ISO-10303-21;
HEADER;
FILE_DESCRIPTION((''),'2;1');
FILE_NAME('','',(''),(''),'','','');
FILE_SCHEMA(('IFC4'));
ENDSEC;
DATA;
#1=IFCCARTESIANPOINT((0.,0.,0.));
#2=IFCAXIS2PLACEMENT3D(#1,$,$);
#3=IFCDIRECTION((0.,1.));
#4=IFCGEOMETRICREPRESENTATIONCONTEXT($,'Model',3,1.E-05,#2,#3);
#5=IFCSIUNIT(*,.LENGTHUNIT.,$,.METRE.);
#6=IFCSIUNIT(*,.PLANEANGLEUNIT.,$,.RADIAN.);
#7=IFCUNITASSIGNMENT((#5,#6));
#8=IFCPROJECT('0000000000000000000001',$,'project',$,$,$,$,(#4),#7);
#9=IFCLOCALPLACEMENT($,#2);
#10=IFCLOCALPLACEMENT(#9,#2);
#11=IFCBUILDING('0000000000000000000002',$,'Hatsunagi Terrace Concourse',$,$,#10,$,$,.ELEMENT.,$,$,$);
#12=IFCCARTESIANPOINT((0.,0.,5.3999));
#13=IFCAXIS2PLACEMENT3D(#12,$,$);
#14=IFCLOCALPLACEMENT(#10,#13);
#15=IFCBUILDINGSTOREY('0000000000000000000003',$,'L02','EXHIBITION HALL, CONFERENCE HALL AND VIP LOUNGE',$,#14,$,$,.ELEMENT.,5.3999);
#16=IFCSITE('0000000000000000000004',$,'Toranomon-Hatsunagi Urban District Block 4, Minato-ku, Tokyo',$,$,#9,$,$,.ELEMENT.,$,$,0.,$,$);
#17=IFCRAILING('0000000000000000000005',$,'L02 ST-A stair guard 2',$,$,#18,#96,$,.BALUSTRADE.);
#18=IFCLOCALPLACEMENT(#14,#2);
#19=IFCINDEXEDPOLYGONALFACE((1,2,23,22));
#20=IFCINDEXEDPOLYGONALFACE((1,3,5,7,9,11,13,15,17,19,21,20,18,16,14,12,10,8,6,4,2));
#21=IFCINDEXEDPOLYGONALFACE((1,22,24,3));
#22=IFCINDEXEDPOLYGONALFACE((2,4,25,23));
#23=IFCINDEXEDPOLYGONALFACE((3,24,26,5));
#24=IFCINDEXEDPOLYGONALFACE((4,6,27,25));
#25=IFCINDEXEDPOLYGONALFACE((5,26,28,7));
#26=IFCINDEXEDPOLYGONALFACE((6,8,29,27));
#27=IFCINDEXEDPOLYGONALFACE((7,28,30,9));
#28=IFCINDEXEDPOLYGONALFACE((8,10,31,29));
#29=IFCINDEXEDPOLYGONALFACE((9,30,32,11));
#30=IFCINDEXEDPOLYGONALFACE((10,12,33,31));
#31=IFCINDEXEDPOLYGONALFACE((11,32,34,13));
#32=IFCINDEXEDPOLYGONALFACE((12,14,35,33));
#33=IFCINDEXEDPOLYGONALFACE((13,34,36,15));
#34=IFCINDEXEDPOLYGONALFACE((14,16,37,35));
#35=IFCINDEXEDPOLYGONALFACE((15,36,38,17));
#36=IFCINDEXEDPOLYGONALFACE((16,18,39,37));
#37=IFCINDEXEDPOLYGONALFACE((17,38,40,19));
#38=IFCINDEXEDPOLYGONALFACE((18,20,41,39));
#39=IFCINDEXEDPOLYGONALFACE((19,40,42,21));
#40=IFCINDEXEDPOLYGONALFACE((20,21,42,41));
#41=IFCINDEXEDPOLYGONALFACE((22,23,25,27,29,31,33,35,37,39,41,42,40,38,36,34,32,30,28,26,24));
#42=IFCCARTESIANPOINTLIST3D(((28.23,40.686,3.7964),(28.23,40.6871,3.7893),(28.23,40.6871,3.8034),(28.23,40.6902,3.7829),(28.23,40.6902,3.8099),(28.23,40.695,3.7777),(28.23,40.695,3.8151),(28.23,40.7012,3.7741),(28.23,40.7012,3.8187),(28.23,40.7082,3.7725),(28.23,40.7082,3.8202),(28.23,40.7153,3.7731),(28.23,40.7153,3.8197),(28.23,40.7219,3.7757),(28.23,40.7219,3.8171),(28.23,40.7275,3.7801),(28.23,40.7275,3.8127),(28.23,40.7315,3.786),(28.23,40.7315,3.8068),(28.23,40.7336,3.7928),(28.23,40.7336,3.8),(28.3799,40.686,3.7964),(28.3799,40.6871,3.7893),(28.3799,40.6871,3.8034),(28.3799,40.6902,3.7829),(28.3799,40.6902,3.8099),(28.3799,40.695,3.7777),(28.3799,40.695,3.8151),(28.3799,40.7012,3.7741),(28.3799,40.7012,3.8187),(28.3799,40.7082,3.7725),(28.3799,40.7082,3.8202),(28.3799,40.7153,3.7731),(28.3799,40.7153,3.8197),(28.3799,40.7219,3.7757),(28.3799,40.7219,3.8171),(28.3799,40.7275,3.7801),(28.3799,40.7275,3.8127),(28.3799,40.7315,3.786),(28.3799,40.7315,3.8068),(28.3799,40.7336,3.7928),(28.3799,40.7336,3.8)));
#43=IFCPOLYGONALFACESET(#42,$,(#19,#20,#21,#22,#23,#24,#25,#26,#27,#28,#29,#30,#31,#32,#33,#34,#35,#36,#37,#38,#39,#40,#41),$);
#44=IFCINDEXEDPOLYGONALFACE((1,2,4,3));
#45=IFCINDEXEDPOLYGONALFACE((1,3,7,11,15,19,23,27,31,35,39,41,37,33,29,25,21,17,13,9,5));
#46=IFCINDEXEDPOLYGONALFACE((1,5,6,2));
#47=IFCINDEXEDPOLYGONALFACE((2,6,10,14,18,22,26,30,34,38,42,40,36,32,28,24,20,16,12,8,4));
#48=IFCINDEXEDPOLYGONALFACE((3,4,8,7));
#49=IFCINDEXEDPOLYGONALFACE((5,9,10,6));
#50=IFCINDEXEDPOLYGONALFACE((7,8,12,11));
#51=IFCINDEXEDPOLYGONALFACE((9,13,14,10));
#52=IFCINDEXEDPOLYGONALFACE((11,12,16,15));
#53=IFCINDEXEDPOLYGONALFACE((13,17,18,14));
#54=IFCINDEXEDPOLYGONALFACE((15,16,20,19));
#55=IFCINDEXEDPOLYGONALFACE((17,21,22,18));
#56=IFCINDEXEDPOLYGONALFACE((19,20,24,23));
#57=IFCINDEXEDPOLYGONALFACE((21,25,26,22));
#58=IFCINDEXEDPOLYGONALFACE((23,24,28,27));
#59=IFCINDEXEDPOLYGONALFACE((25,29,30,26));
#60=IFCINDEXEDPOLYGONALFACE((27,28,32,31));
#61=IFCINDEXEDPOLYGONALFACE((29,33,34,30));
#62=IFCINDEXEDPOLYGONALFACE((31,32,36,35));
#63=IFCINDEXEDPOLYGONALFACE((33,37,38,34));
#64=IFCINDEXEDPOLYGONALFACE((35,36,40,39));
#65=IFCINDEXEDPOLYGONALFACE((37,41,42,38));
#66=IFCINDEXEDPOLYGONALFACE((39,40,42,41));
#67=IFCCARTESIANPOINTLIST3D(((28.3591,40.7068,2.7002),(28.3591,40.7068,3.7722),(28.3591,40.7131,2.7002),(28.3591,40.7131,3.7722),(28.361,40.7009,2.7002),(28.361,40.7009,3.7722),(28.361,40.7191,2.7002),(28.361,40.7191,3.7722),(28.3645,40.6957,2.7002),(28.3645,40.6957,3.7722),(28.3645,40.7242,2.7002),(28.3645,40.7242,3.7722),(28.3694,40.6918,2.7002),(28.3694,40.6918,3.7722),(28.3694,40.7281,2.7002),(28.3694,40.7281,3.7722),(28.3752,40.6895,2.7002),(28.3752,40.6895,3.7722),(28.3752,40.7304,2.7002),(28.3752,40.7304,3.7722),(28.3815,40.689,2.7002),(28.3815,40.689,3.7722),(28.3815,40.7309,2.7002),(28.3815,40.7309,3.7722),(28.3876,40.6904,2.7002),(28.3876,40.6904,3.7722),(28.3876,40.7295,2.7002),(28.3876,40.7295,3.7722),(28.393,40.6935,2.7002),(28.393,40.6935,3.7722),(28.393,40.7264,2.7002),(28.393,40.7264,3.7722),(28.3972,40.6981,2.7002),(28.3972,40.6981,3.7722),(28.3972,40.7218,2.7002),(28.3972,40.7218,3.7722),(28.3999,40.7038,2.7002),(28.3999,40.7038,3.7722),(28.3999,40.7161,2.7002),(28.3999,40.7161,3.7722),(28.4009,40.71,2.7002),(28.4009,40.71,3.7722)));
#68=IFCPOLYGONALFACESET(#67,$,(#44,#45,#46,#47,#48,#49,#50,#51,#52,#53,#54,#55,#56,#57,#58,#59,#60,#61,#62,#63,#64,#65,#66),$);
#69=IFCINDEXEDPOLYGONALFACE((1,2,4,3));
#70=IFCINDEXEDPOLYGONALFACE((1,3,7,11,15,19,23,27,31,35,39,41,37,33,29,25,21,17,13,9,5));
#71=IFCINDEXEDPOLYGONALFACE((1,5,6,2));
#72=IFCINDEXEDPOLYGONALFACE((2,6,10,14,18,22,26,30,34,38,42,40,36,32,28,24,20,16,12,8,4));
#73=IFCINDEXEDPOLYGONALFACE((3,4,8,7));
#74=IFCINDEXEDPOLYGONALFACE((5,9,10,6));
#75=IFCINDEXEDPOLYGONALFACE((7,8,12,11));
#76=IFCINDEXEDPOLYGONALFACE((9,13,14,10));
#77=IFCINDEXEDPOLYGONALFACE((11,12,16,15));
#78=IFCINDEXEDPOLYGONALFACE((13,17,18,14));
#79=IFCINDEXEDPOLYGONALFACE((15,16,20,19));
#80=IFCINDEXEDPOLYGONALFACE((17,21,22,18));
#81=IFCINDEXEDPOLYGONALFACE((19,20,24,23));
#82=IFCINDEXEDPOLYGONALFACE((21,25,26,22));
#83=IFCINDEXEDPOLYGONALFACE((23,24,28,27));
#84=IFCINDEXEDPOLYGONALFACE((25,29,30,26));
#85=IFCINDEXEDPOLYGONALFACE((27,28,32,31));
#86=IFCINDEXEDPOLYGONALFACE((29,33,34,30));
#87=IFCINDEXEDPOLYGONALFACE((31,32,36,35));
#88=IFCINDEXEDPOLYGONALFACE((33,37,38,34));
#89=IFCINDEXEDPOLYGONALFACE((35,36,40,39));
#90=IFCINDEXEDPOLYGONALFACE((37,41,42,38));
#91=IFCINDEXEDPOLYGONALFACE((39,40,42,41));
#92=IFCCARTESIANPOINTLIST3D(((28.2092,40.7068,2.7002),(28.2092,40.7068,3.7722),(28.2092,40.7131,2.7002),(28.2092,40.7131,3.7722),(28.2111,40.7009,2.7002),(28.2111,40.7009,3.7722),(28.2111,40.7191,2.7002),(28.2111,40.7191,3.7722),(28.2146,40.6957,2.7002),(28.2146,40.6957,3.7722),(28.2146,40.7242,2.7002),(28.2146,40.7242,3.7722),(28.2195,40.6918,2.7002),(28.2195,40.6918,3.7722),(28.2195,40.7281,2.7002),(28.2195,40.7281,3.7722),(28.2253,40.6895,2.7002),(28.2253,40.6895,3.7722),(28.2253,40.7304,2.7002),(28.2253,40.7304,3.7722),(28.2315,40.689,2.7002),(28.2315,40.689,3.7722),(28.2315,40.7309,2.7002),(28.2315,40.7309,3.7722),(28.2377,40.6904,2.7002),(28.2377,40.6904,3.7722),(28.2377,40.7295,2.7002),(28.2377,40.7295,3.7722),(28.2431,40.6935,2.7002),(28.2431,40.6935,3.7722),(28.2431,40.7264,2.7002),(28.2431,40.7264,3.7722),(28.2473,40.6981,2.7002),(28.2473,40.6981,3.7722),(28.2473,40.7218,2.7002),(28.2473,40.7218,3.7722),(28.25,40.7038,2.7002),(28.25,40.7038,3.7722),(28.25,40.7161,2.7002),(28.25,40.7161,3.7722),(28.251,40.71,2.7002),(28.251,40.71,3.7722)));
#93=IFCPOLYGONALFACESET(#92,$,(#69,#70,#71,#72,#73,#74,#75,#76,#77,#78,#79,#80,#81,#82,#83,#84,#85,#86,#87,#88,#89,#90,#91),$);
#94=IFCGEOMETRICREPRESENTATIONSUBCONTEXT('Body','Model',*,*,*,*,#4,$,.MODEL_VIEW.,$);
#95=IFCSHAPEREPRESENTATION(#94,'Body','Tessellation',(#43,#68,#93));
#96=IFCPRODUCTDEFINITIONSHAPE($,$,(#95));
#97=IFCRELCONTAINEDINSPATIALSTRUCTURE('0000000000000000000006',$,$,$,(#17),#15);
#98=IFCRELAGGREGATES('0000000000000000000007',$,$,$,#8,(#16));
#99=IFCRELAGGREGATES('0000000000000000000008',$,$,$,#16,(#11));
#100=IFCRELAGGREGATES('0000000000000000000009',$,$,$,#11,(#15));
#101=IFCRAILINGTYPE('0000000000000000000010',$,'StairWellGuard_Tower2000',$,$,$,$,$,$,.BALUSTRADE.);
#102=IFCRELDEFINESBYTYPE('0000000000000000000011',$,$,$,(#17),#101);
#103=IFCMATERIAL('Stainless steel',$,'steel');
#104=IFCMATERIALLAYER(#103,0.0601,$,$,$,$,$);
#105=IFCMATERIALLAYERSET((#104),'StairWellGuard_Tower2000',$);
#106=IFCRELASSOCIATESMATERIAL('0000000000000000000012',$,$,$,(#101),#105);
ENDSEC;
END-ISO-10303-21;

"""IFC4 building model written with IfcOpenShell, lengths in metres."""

from ifc_helpers import new_model, si_unit, direction, frame, origin, origin_2d, place, context, subcontext, project, spatial, circle, extrude, material, layer, layer_set, type_object, element, save


model = new_model("IFC4")

# Units and contexts
model_context = context("Model", 3, precision=1e-05, world=origin(), true_north=direction((0.0, 1.0)))
body_context = subcontext(model_context, "Body", "Model", "MODEL_VIEW")
ifc_project = project(units=[si_unit("LENGTHUNIT", "METRE"), si_unit("PLANEANGLEUNIT", "RADIAN")], contexts=[model_context])

# Site, building, storey
site_placement = place(None, origin())
site = spatial("IfcSite", under=ifc_project, at=site_placement, Name="Toranomon-Hatsunagi Urban District Block 4, Minato-ku, Tokyo", CompositionType="ELEMENT", RefElevation=0.0)
building_placement = place(site_placement, origin())
building = spatial("IfcBuilding", under=site, at=building_placement, Name="Hatsunagi Terrace Concourse", CompositionType="ELEMENT")
storey_placement = place(building_placement, frame((0.0, 0.0, 5.3999)))
storey = spatial("IfcBuildingStorey", under=building, at=storey_placement, Name="L02", Description="EXHIBITION HALL, CONFERENCE HALL AND VIP LOUNGE", CompositionType="ELEMENT", Elevation=5.3999)

# Railing
ifc_material_1 = material(Name="Stainless steel", Category="steel")
ifc_layer_1 = layer(ifc_material_1, 0.0601)
ifc_layer_set_1 = layer_set([ifc_layer_1], Name="StairWellGuard_Tower2000")
railing_type_1 = type_object("IfcRailingType", Name="StairWellGuard_Tower2000", PredefinedType="BALUSTRADE", material=ifc_layer_set_1)
railing_1_placement = place(storey_placement, frame((28.3799, 40.71, 2.7002)))
element("IfcRailing", 1, at=railing_1_placement, inside=storey, type_object=railing_type_1, Name="L02 ST-A stair guard 2", PredefinedType="BALUSTRADE", context=body_context, shape_type="SweptSolid", body=[
    extrude(circle(Radius=0.0239, at=origin_2d()), frame((0.0, 0.0, 1.0962), z_axis=(-1.0, 0.0, 0.0), x_axis=(0.0, -1.0, 0.0)), (0.0, 0.0, 1.0), 0.1499),
    extrude(circle(Radius=0.021, at=origin_2d()), origin(), (0.0, 0.0, 1.0), 1.072),
    extrude(circle(Radius=0.021, at=origin_2d()), frame((-0.1499, 0.0, 0.0)), (0.0, 0.0, 1.0), 1.072),
])

save(model, "model.ifc")
